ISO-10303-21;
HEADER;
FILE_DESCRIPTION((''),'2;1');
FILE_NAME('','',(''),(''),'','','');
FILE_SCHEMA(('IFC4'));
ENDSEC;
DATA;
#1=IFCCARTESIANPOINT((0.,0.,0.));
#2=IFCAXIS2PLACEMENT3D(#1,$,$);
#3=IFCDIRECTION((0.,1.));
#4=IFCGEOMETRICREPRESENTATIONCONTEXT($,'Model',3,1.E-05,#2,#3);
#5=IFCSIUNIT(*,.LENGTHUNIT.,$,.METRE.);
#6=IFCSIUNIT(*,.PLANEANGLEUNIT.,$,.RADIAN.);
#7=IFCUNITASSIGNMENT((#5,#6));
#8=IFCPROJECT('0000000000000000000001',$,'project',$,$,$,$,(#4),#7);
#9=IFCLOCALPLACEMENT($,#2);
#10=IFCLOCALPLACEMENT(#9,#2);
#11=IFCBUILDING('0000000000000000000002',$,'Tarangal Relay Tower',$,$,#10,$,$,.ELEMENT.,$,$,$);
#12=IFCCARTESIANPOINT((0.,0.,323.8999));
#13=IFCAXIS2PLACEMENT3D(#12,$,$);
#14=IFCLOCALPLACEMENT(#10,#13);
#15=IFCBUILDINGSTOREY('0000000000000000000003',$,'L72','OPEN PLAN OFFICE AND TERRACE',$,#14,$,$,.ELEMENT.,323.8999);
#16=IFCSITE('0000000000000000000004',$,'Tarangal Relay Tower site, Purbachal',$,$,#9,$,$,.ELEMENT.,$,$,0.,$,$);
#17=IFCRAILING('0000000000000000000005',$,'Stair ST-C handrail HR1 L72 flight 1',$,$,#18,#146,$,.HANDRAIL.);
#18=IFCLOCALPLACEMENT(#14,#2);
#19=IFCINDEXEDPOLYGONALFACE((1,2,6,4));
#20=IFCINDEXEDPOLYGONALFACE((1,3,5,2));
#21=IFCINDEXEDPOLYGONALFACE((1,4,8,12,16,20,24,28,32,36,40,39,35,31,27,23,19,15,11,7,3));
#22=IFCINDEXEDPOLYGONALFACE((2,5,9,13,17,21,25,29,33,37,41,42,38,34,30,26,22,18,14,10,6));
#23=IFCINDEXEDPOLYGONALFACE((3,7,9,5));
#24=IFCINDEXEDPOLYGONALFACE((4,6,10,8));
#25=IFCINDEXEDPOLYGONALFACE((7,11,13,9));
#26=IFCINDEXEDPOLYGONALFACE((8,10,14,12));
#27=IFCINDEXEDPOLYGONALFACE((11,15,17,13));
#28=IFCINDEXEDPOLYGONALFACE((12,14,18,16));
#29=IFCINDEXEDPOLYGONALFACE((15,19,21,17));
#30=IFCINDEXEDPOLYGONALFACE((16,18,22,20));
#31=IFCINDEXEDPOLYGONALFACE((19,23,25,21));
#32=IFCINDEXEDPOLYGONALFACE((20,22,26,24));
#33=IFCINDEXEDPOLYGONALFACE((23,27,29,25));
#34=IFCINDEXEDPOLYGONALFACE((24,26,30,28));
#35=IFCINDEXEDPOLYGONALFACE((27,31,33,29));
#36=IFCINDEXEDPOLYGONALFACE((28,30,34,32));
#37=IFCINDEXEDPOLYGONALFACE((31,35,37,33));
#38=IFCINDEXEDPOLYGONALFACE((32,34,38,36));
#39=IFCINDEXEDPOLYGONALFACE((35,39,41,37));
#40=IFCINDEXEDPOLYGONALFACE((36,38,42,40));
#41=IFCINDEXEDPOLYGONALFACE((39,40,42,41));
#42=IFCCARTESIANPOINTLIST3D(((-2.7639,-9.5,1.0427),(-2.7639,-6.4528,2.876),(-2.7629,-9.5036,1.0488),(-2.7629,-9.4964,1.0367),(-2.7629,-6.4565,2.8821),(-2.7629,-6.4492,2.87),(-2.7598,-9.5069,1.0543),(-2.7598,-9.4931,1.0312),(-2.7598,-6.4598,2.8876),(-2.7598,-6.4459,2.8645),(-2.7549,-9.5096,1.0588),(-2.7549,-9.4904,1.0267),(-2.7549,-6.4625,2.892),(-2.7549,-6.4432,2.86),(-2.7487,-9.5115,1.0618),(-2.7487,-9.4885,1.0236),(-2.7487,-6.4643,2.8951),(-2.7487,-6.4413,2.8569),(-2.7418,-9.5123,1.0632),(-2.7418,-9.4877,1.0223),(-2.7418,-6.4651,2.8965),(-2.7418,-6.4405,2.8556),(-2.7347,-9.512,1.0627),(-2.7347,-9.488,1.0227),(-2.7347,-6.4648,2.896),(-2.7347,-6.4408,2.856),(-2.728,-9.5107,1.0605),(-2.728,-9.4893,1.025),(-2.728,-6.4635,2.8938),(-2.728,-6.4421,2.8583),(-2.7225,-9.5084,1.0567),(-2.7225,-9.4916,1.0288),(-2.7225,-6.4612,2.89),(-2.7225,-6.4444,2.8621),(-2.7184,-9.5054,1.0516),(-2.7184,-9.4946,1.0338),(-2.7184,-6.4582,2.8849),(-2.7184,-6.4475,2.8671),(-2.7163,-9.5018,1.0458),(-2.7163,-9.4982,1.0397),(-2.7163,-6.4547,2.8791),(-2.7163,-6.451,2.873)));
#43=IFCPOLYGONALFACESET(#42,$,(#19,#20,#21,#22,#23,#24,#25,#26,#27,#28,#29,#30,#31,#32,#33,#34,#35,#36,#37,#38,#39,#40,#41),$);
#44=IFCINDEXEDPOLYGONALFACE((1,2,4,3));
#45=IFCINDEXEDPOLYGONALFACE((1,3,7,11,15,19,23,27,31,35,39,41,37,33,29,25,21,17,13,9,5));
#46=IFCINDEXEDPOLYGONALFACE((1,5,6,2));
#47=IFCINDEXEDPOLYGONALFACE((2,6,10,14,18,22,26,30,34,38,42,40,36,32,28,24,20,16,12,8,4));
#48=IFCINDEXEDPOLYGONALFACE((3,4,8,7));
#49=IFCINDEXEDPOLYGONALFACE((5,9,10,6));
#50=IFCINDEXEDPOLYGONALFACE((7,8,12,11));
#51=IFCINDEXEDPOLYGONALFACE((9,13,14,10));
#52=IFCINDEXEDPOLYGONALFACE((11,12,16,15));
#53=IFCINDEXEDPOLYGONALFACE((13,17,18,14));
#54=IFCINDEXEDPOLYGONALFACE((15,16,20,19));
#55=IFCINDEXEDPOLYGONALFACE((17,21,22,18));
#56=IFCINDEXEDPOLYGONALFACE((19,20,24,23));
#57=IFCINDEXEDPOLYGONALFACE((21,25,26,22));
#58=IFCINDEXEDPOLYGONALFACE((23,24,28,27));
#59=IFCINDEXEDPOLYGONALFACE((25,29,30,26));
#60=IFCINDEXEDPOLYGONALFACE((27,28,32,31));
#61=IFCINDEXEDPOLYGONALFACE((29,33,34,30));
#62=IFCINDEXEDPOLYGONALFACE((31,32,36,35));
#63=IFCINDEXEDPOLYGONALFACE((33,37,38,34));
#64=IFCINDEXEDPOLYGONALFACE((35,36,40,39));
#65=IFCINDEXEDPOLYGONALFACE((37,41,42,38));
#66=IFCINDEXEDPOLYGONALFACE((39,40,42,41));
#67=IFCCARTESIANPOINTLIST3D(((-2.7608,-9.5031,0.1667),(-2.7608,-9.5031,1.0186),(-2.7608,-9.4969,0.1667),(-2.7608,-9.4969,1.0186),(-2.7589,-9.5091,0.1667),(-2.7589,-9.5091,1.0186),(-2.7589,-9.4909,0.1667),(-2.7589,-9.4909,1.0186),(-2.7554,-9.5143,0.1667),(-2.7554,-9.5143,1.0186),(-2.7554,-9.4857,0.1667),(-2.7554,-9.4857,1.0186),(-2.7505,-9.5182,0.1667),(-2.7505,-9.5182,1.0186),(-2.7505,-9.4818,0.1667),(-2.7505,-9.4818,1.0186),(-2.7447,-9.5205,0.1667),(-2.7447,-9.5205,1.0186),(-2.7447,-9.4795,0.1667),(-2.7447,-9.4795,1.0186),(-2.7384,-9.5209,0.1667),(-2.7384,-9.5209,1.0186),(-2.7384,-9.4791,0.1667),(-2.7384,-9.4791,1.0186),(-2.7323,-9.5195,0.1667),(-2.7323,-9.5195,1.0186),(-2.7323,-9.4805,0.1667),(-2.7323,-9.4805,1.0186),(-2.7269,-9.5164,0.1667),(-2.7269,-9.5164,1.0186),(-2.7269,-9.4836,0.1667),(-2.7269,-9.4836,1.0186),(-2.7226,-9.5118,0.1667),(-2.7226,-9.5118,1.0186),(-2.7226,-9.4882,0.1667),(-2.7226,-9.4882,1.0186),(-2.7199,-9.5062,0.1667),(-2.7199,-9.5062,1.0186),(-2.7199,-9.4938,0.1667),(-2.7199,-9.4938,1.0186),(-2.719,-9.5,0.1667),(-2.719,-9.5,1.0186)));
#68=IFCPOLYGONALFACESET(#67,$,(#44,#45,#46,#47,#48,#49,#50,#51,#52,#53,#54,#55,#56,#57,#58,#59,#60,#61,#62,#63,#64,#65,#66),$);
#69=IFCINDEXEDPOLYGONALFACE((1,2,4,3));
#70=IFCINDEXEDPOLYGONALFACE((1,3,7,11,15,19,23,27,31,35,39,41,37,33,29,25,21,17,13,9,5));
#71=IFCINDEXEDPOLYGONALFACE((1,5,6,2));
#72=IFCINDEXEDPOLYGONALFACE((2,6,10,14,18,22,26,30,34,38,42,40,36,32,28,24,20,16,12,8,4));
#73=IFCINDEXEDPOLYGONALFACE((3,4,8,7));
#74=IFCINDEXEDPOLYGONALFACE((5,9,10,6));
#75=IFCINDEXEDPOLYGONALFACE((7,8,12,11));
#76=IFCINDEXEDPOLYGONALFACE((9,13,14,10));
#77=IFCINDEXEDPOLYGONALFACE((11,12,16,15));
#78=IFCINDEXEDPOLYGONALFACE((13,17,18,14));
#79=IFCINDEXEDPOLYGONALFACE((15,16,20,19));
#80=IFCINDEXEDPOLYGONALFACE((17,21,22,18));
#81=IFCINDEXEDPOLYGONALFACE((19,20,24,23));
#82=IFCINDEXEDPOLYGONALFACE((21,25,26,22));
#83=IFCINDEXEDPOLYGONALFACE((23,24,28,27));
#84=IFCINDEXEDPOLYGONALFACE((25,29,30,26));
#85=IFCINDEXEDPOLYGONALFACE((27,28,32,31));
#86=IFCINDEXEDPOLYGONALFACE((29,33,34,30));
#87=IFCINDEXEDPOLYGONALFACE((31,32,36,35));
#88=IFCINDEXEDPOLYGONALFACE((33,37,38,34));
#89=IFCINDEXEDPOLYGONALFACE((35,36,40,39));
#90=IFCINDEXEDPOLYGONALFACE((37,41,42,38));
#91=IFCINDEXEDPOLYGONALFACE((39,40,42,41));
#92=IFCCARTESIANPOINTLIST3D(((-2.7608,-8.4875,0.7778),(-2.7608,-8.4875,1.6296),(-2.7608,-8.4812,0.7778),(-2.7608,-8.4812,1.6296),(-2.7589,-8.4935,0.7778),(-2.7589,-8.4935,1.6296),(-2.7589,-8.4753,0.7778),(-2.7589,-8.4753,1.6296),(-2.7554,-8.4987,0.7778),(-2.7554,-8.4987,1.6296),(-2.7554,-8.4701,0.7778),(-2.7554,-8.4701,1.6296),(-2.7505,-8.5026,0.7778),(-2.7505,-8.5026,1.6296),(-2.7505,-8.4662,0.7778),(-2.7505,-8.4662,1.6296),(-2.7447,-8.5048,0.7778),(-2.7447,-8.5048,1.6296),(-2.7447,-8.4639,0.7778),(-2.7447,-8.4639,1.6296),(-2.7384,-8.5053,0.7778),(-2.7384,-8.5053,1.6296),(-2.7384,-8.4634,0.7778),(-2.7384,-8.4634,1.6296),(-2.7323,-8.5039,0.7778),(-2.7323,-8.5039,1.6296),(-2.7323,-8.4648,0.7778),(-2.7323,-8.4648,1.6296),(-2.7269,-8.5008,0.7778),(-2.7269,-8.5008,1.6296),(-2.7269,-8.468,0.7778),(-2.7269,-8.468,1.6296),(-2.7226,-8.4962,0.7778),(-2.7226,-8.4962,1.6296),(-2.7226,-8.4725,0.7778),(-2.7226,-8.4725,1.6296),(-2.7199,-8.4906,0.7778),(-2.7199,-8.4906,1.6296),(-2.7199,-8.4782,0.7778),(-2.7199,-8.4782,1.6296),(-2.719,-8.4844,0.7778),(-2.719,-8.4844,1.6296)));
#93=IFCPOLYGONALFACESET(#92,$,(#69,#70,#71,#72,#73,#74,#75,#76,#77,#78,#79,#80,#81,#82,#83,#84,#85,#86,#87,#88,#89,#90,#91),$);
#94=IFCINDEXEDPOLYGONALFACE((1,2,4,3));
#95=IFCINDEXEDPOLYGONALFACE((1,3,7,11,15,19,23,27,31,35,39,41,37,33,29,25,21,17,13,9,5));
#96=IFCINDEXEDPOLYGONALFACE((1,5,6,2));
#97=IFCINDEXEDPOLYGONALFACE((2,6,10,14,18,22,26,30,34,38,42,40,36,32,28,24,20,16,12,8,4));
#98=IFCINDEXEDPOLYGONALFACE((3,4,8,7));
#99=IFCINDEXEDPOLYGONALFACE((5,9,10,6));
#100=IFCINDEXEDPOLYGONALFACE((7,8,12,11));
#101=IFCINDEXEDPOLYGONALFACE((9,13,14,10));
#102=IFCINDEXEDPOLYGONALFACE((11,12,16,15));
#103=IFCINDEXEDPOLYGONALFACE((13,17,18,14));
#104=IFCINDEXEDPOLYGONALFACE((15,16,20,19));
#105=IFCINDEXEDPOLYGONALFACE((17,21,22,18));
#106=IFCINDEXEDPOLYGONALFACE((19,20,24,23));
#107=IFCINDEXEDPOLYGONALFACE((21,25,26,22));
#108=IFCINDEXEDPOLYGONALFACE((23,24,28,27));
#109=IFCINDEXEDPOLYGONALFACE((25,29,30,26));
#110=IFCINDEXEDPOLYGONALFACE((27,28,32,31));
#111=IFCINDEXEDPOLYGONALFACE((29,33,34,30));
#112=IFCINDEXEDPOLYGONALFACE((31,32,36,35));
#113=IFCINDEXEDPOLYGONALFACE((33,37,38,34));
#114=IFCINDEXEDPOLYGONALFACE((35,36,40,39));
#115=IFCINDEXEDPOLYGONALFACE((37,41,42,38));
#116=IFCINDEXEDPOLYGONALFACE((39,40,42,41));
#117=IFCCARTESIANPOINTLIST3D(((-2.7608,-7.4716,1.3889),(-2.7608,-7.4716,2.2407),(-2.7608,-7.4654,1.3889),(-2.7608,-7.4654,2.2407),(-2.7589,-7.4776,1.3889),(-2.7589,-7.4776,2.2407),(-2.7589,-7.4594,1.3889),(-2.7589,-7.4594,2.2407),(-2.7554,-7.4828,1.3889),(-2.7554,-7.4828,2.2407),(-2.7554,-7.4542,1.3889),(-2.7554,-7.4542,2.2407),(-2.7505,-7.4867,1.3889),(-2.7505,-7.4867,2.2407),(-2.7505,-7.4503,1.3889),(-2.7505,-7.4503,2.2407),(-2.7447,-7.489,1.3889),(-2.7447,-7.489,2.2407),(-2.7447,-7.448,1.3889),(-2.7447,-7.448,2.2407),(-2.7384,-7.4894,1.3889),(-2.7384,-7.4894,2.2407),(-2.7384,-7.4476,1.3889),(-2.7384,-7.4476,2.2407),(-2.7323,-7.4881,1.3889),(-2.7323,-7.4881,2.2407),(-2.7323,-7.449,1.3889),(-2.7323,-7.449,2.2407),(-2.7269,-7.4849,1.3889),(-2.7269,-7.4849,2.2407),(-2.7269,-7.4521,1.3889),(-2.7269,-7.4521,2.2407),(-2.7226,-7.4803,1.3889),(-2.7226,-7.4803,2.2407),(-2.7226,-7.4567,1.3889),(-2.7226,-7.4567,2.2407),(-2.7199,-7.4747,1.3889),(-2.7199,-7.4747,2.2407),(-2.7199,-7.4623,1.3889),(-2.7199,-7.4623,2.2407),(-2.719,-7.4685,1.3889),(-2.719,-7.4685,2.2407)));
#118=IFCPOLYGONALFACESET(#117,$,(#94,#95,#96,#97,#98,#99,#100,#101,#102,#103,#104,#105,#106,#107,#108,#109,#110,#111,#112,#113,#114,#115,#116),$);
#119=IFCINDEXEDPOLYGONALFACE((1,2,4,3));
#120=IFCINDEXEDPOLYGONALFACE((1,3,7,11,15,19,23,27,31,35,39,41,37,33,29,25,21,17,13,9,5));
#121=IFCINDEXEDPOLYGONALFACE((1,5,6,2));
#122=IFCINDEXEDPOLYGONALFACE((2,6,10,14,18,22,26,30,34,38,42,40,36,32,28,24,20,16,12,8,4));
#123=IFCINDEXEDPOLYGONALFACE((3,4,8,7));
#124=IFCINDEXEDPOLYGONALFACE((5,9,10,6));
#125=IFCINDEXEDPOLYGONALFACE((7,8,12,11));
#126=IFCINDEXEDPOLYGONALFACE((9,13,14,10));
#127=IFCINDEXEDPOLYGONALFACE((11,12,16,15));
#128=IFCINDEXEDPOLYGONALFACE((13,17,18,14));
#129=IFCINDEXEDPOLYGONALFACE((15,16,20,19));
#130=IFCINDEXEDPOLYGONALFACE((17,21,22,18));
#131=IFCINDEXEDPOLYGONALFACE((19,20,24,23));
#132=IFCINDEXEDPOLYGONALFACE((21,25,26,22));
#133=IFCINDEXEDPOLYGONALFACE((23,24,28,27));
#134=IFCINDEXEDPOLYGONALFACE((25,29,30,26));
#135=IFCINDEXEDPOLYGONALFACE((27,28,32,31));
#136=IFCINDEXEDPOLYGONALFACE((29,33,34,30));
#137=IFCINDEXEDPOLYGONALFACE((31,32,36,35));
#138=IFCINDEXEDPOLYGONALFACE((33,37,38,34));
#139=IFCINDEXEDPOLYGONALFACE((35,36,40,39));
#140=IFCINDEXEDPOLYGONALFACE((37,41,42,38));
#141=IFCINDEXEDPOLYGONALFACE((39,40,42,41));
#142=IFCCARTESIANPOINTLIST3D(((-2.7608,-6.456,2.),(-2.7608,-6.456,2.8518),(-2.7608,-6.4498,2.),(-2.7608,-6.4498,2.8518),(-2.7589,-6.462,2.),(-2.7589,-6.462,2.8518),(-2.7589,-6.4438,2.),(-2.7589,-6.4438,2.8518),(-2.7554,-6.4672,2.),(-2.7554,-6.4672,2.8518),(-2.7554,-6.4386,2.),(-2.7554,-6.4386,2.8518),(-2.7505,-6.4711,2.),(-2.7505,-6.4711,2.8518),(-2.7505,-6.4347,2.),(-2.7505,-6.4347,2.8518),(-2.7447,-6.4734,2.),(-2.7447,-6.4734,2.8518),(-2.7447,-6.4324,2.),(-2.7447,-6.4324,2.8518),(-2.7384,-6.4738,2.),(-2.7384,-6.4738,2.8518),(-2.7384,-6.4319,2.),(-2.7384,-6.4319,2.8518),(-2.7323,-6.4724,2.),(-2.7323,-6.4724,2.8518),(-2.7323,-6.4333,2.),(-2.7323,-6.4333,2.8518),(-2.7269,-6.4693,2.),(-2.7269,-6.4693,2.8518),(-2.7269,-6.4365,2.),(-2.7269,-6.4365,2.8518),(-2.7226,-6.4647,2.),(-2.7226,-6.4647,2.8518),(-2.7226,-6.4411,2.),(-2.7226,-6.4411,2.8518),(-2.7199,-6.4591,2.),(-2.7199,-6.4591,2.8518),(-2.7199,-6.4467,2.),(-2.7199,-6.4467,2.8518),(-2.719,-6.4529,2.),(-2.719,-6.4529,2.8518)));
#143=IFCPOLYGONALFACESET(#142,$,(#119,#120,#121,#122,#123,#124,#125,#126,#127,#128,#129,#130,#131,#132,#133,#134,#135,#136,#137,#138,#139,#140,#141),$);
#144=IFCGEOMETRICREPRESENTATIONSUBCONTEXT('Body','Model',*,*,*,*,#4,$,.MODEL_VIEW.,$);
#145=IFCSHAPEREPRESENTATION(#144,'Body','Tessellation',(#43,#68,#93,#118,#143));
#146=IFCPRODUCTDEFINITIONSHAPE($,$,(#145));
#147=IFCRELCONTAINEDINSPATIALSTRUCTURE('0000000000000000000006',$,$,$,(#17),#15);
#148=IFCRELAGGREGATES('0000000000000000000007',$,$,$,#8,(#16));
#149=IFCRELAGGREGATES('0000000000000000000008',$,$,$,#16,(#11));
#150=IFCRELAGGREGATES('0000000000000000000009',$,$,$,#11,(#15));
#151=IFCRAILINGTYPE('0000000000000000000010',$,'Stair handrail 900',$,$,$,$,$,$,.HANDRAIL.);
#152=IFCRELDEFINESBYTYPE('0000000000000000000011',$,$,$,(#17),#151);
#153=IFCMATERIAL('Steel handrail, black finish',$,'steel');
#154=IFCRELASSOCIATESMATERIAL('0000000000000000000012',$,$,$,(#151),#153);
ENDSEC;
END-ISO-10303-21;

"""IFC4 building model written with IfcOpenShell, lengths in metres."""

from ifc_helpers import new_model, si_unit, direction, frame, origin, origin_2d, place, context, subcontext, project, spatial, circle, extrude, material, type_object, element, save


model = new_model("IFC4")

# Units and contexts
model_context = context("Model", 3, precision=1e-05, world=origin(), true_north=direction((0.0, 1.0)))
body_context = subcontext(model_context, "Body", "Model", "MODEL_VIEW")
ifc_project = project(units=[si_unit("LENGTHUNIT", "METRE"), si_unit("PLANEANGLEUNIT", "RADIAN")], contexts=[model_context])

# Site, building, storey
site_placement = place(None, origin())
site = spatial("IfcSite", under=ifc_project, at=site_placement, Name="Tarangal Relay Tower site, Purbachal", CompositionType="ELEMENT", RefElevation=0.0)
building_placement = place(site_placement, origin())
building = spatial("IfcBuilding", under=site, at=building_placement, Name="Tarangal Relay Tower", CompositionType="ELEMENT")
storey_placement = place(building_placement, frame((0.0, 0.0, 323.8999)))
storey = spatial("IfcBuildingStorey", under=building, at=storey_placement, Name="L72", Description="OPEN PLAN OFFICE AND TERRACE", CompositionType="ELEMENT", Elevation=323.8999)

# Railing
ifc_material_1 = material(Name="Steel handrail, black finish", Category="steel")
railing_type_1 = type_object("IfcRailingType", Name="Stair handrail 900", PredefinedType="HANDRAIL", material=ifc_material_1)
railing_1_placement = place(storey_placement, frame((-2.74, -9.5, 0.1667)))
element("IfcRailing", 1, at=railing_1_placement, inside=storey, type_object=railing_type_1, Name="Stair ST-C handrail HR1 L72 flight 1", PredefinedType="HANDRAIL", context=body_context, shape_type="SweptSolid", body=[
    extrude(circle(Radius=0.0239, at=origin_2d()), frame((0.0, 0.0, 0.876), z_axis=(0.0, 0.856874, 0.515525), x_axis=(-1.0, 0.0, 0.0)), (0.0, 0.0, 1.0), 3.5562),
    extrude(circle(Radius=0.021, at=origin_2d()), origin(), (0.0, 0.0, 1.0), 0.8518),
    extrude(circle(Radius=0.021, at=origin_2d()), frame((0.0, 1.0156, 0.6111)), (0.0, 0.0, 1.0), 0.8518),
    extrude(circle(Radius=0.021, at=origin_2d()), frame((0.0, 2.0315, 1.2222)), (0.0, 0.0, 1.0), 0.8518),
    extrude(circle(Radius=0.021, at=origin_2d()), frame((0.0, 3.0471, 1.8333)), (0.0, 0.0, 1.0), 0.8518),
])

save(model, "model.ifc")
